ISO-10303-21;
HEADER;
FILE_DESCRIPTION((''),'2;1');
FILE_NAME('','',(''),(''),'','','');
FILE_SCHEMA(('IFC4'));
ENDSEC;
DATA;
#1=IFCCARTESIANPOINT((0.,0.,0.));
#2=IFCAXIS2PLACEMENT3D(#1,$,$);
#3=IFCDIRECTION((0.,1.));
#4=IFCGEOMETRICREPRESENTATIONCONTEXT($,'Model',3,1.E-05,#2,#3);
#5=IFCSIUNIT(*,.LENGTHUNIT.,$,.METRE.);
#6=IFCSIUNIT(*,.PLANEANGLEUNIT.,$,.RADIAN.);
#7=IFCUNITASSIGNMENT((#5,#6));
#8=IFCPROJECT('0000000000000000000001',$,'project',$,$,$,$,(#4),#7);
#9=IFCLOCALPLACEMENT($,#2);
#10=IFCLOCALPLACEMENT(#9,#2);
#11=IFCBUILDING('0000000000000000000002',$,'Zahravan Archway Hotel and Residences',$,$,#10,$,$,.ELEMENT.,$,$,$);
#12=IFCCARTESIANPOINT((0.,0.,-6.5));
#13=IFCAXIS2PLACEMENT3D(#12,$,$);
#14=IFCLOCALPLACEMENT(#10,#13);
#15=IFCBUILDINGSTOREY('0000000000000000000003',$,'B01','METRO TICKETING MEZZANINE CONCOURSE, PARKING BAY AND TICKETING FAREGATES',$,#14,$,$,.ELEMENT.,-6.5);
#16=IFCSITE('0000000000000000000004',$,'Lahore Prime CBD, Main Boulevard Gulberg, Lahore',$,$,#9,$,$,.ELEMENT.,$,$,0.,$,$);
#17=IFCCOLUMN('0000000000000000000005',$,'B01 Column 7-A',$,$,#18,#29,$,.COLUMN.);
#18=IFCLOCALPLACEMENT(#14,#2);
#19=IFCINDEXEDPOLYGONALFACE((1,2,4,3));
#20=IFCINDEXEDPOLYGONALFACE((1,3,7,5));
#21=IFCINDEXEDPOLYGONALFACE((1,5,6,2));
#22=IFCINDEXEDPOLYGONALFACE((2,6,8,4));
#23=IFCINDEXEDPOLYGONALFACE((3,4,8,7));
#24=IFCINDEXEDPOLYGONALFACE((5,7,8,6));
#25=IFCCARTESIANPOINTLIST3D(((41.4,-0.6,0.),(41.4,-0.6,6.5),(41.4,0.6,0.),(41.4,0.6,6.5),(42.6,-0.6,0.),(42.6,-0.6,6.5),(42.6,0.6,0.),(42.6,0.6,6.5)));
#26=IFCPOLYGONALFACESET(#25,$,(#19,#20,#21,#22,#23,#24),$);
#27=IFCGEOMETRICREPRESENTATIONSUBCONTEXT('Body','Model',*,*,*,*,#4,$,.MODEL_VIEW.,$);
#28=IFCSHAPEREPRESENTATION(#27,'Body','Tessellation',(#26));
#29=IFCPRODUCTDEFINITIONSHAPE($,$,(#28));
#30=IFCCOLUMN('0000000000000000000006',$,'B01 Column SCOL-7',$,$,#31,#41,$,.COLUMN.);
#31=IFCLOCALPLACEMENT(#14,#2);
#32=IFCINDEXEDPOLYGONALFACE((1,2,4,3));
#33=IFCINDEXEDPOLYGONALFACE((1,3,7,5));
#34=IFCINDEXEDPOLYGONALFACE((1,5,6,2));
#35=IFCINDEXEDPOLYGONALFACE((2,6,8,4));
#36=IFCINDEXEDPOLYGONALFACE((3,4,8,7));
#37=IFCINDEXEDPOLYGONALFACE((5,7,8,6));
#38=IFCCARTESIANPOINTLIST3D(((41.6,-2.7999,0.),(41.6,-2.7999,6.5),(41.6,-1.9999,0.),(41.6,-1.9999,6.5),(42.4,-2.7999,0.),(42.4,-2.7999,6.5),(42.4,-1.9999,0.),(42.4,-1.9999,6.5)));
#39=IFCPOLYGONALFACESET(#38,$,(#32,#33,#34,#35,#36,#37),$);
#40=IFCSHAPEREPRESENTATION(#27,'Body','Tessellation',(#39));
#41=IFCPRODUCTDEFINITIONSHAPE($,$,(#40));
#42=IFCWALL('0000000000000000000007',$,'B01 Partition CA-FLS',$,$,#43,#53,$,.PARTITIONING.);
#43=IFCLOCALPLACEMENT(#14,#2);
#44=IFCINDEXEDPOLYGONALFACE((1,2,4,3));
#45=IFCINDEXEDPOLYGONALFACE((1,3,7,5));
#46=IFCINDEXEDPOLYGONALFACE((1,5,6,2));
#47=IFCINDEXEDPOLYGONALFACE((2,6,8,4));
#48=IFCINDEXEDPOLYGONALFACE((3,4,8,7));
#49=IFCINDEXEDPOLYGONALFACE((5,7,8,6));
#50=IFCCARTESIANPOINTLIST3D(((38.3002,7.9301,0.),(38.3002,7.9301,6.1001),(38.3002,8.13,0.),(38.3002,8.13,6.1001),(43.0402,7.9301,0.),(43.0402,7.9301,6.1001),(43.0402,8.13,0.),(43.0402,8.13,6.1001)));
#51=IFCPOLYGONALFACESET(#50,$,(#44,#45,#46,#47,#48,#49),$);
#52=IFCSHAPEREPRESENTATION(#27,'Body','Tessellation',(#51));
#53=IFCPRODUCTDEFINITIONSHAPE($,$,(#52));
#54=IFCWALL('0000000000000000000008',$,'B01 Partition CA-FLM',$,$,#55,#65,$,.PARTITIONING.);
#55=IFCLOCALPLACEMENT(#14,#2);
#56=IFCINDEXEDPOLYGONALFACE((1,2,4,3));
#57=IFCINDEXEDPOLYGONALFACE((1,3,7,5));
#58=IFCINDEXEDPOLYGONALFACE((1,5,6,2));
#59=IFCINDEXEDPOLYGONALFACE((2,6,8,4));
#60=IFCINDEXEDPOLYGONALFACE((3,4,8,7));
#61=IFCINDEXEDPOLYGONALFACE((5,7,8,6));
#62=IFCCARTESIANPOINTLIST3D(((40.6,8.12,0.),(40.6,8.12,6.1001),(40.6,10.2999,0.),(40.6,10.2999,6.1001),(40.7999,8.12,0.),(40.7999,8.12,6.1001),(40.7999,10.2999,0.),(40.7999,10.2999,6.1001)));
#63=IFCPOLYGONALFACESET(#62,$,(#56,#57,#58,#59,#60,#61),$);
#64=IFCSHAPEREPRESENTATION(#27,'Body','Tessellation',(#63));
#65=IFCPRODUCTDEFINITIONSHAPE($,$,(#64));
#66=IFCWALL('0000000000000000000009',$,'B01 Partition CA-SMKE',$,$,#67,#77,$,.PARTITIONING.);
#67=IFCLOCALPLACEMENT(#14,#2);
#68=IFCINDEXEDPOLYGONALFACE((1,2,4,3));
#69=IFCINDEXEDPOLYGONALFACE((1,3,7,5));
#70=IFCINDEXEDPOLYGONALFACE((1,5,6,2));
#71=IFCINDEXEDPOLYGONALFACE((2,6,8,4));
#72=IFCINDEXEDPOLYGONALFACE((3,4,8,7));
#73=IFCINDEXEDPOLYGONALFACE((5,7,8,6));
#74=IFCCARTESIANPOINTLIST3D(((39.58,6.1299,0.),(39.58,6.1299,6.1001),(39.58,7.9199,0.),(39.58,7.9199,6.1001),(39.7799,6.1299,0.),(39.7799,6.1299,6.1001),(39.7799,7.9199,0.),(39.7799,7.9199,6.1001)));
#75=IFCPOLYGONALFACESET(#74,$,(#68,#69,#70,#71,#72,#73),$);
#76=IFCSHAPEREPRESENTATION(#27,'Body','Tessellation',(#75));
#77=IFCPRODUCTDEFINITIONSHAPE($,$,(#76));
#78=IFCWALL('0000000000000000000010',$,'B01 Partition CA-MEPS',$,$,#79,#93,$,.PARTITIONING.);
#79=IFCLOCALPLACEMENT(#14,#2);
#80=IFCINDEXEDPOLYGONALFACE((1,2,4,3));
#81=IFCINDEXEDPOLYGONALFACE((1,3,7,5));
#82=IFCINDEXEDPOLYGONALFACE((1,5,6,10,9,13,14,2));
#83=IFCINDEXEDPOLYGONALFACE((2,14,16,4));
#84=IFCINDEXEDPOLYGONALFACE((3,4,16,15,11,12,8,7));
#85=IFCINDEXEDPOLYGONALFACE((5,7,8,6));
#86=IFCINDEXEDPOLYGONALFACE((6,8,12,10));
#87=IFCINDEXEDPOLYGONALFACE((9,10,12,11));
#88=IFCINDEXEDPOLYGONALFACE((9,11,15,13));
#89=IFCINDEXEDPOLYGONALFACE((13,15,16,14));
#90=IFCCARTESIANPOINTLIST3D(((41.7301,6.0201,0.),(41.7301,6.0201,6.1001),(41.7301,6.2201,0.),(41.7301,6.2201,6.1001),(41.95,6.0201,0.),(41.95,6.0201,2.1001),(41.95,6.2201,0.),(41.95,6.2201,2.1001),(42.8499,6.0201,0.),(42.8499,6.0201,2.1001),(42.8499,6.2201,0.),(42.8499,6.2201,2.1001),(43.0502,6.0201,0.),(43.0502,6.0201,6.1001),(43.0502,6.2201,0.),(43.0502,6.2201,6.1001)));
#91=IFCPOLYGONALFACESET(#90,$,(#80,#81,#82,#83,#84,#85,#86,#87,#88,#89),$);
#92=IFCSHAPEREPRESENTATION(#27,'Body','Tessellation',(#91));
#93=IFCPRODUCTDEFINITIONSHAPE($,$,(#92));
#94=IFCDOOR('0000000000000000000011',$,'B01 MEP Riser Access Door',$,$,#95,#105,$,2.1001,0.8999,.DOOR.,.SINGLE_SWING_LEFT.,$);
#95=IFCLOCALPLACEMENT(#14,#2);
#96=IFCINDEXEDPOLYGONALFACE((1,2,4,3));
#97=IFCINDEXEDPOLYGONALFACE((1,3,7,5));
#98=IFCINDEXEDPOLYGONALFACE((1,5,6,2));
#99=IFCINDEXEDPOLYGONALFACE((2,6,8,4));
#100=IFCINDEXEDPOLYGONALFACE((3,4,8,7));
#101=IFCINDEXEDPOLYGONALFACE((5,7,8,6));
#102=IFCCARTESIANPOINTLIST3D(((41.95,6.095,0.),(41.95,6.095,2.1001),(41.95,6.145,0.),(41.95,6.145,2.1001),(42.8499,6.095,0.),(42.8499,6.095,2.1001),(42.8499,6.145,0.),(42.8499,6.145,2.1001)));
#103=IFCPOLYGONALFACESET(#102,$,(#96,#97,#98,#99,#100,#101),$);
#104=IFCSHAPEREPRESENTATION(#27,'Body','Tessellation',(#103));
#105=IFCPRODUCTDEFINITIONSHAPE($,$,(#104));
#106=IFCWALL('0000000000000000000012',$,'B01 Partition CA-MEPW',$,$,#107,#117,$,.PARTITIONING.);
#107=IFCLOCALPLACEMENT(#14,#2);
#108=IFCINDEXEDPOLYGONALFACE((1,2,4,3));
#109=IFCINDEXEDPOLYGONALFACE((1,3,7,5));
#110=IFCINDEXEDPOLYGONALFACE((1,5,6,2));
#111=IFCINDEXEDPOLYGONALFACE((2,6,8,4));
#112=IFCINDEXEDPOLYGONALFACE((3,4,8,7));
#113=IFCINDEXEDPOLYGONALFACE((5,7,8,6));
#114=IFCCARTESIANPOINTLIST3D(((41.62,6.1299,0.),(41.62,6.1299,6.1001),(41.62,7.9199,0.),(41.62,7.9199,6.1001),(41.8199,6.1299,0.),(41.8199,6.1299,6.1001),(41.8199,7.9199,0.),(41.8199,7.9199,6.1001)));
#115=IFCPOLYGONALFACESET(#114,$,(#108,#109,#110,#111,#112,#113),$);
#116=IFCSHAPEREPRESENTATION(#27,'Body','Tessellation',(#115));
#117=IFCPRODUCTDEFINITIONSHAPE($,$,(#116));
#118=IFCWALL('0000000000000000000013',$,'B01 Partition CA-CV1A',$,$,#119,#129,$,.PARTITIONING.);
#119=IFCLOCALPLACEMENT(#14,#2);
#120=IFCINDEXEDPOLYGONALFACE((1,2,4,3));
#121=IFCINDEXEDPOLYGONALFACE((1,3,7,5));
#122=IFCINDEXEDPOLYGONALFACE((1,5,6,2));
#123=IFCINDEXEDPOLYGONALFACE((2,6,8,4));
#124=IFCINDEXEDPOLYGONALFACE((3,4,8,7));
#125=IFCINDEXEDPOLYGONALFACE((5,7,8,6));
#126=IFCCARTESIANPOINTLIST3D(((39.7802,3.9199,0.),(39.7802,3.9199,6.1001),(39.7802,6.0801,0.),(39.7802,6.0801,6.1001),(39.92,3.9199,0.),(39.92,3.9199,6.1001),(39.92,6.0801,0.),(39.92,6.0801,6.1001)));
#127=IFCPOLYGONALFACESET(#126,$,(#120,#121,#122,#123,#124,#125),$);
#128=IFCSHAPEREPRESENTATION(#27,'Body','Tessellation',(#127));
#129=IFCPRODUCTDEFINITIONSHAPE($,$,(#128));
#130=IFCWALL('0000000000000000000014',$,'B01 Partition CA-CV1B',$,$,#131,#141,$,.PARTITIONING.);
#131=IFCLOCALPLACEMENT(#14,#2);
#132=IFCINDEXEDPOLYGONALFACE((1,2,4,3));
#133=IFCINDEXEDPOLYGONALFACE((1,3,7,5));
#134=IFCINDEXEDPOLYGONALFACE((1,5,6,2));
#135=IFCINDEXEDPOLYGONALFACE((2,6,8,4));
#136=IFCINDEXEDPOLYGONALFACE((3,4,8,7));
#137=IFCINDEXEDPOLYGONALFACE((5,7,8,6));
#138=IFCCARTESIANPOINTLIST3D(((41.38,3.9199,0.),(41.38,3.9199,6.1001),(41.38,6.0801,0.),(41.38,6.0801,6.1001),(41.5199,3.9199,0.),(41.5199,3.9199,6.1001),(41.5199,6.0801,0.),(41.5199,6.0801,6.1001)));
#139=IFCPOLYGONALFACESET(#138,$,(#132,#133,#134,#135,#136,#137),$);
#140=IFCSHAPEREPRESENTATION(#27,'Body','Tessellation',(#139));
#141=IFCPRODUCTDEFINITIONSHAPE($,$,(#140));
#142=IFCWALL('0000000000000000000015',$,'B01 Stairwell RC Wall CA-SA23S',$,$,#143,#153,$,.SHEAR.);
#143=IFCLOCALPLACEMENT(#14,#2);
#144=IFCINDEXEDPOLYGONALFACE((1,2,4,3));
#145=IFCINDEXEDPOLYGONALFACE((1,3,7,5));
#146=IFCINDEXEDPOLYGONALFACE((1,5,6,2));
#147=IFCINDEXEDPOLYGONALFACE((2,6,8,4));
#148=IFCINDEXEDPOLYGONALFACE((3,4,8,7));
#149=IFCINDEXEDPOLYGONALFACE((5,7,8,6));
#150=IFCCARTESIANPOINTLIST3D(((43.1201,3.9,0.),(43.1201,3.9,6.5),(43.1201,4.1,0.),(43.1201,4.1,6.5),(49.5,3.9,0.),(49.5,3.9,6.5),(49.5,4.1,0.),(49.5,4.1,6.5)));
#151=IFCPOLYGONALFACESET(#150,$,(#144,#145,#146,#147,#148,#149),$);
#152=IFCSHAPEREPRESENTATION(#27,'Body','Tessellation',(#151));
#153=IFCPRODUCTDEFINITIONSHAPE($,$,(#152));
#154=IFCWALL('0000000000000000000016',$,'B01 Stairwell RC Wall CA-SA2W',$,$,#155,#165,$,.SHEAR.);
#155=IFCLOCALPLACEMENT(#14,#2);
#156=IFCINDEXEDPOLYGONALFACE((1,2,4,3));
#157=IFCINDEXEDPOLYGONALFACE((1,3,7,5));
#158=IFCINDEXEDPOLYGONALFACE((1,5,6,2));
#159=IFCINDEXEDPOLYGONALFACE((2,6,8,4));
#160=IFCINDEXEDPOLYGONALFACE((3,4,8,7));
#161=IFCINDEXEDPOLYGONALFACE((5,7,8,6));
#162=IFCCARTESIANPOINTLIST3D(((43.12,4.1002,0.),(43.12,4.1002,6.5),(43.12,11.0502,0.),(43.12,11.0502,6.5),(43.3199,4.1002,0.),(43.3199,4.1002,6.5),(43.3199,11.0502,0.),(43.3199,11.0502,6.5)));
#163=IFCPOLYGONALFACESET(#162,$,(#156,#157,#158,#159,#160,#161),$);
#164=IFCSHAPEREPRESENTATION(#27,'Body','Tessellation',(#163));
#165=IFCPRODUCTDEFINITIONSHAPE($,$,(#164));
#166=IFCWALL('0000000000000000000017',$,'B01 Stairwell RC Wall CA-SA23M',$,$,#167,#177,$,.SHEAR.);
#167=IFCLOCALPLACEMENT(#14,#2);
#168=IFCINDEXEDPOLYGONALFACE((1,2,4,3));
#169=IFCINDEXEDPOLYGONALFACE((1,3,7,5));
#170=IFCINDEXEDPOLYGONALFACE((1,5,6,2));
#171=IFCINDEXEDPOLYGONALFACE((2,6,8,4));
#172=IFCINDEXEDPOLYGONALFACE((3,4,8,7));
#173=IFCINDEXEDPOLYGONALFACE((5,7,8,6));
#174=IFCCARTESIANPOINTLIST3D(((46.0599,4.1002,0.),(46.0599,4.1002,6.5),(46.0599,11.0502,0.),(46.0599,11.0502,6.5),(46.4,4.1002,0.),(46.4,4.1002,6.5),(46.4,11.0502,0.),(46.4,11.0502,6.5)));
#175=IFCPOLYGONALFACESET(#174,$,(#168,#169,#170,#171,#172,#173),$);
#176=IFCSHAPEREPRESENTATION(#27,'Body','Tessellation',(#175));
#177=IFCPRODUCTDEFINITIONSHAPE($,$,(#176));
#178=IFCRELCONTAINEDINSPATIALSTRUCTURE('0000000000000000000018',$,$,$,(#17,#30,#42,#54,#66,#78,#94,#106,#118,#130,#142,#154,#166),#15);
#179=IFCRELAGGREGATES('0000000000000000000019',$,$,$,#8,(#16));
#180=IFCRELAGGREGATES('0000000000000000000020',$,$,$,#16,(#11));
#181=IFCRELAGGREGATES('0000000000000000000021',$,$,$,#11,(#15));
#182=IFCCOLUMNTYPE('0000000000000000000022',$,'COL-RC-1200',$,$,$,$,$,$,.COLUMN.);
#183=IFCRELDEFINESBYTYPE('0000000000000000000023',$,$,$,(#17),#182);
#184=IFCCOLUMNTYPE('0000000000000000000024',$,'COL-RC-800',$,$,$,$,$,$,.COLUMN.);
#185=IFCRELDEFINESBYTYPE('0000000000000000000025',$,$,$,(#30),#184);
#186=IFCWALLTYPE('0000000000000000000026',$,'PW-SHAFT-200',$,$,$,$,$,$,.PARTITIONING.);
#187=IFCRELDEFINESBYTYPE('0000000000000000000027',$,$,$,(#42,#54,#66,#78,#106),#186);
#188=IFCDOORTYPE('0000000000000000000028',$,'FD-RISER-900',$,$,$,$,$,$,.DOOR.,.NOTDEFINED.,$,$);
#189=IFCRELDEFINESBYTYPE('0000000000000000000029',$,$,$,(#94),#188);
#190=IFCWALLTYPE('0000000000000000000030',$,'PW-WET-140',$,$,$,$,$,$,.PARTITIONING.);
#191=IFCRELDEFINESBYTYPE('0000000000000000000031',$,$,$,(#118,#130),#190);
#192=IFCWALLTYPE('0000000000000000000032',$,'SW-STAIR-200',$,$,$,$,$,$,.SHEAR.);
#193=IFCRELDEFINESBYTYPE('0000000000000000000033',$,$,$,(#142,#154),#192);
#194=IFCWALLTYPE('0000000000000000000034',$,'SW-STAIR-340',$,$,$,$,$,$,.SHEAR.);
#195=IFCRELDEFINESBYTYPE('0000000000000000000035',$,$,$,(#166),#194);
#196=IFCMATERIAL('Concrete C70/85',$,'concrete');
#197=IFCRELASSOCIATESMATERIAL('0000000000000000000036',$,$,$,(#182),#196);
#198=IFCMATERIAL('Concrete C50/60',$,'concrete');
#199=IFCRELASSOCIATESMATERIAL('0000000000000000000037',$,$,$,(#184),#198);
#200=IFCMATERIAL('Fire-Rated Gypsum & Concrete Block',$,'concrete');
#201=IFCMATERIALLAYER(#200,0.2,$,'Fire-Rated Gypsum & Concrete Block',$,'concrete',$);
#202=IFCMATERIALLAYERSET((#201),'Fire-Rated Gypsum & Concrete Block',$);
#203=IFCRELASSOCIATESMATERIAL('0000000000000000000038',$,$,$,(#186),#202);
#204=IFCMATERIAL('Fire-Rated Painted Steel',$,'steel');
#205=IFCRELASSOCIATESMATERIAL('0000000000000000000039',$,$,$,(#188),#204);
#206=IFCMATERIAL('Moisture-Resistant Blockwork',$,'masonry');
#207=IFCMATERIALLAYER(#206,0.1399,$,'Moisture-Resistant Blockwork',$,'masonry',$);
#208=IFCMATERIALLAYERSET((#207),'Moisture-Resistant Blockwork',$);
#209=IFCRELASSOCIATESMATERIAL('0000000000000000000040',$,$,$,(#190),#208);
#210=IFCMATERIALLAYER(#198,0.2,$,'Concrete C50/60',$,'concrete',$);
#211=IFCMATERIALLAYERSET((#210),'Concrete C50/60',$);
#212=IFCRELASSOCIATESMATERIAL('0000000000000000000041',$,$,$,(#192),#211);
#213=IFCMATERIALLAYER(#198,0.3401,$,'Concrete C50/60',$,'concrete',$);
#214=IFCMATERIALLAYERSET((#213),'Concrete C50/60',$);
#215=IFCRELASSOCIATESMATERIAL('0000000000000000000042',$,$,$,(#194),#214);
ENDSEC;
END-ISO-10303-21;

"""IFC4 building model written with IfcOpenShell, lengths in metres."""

from ifc_helpers import new_model, si_unit, direction, frame, frame_2d, origin, origin_2d, place, context, subcontext, project, spatial, rectangle, extrude, source, transform, mapped, material, layer, layer_set, material_profile, profile_set, type_object, type_shapes, element, fill, save


model = new_model("IFC4")

# Units and contexts
model_context = context("Model", 3, precision=1e-05, world=origin(), true_north=direction((0.0, 1.0)))
body_context = subcontext(model_context, "Body", "Model", "MODEL_VIEW")
ifc_project = project(units=[si_unit("LENGTHUNIT", "METRE"), si_unit("PLANEANGLEUNIT", "RADIAN")], contexts=[model_context])

# Site, building, storey
site_placement = place(None, origin())
site = spatial("IfcSite", under=ifc_project, at=site_placement, Name="Lahore Prime CBD, Main Boulevard Gulberg, Lahore", CompositionType="ELEMENT", RefElevation=0.0)
building_placement = place(site_placement, origin())
building = spatial("IfcBuilding", under=site, at=building_placement, Name="Zahravan Archway Hotel and Residences", CompositionType="ELEMENT")
storey_placement = place(building_placement, frame((0.0, 0.0, -6.5)))
storey = spatial("IfcBuildingStorey", under=building, at=storey_placement, Name="B01", Description="METRO TICKETING MEZZANINE CONCOURSE, PARKING BAY AND TICKETING FAREGATES", CompositionType="ELEMENT", Elevation=-6.5)

# Columns
ifc_material_1 = material(Name="Concrete C70/85", Category="concrete")
ifc_material_profile_1 = material_profile(ifc_material_1, rectangle(XDim=1.2, YDim=1.2, at=origin_2d()), Name="RC-COL-1200x1200", Category="concrete")
ifc_profile_set_1 = profile_set([ifc_material_profile_1], Name="Concrete C70/85")
column_type_1 = type_object("IfcColumnType", Name="COL-RC-1200", PredefinedType="COLUMN", material=ifc_profile_set_1)
shared_shape_1 = source(origin(), body_context, "Body", "SweptSolid", [
    extrude(rectangle(XDim=1.2, YDim=1.2, at=origin_2d()), origin(), (0.0, 0.0, 1.0), 6.5),
])
column_1_placement = place(storey_placement, frame((42.0, 0.0, 0.0), z_axis=(0.0, 0.0, 1.0), x_axis=(1.0, 0.0, 0.0)))
element("IfcColumn", 1, at=column_1_placement, inside=storey, type_object=column_type_1, Name="B01 Column 7-A", PredefinedType="COLUMN", context=body_context, shape_type="MappedRepresentation", body=[
    mapped(shared_shape_1, transform((0.0, 0.0, 0.0), scale=1.0)),
])
ifc_material_2 = material(Name="Concrete C50/60", Category="concrete")
ifc_material_profile_2 = material_profile(ifc_material_2, rectangle(XDim=0.8, YDim=0.8, at=origin_2d()), Name="RC-COL-800x800", Category="concrete")
ifc_profile_set_2 = profile_set([ifc_material_profile_2], Name="Concrete C50/60")
column_type_2 = type_object("IfcColumnType", Name="COL-RC-800", PredefinedType="COLUMN", material=ifc_profile_set_2)
shared_shape_2 = source(origin(), body_context, "Body", "SweptSolid", [
    extrude(rectangle(XDim=0.8, YDim=0.8, at=origin_2d()), origin(), (0.0, 0.0, 1.0), 6.5),
])
column_2_placement = place(storey_placement, frame((42.0, -2.3999, 0.0), z_axis=(0.0, 0.0, 1.0), x_axis=(1.0, 0.0, 0.0)))
element("IfcColumn", 2, at=column_2_placement, inside=storey, type_object=column_type_2, Name="B01 Column SCOL-7", PredefinedType="COLUMN", context=body_context, shape_type="MappedRepresentation", body=[
    mapped(shared_shape_2, transform((0.0, 0.0, 0.0), scale=1.0)),
])

# Walls
ifc_material_3 = material(Name="Fire-Rated Gypsum & Concrete Block", Category="concrete")
ifc_layer_1 = layer(ifc_material_3, 0.2, Name="Fire-Rated Gypsum & Concrete Block", Category="concrete")
ifc_layer_set_1 = layer_set([ifc_layer_1], Name="Fire-Rated Gypsum & Concrete Block")
wall_type_1 = type_object("IfcWallType", Name="PW-SHAFT-200", PredefinedType="PARTITIONING", material=ifc_layer_set_1)
wall_1_placement = place(storey_placement, frame((38.3, 8.03, 0.0), z_axis=(0.0, 0.0, 1.0), x_axis=(1.0, 0.0, 0.0)))
element("IfcWall", 3, at=wall_1_placement, inside=storey, type_object=wall_type_1, Name="B01 Partition CA-FLS", PredefinedType="PARTITIONING", context=body_context, shape_type="SweptSolid", body=[
    extrude(rectangle(XDim=4.74, YDim=0.2, at=frame_2d((2.3701, 0.0))), origin(), (0.0, 0.0, 1.0), 6.1001),
])
wall_2_placement = place(storey_placement, frame((40.7, 8.1201, 0.0), z_axis=(0.0, 0.0, 1.0), x_axis=(0.0, 1.0, 0.0)))
element("IfcWall", 4, at=wall_2_placement, inside=storey, type_object=wall_type_1, Name="B01 Partition CA-FLM", PredefinedType="PARTITIONING", context=body_context, shape_type="SweptSolid", body=[
    extrude(rectangle(XDim=2.1799, YDim=0.2, at=frame_2d((1.0898, 0.0))), origin(), (0.0, 0.0, 1.0), 6.1001),
])
wall_3_placement = place(storey_placement, frame((39.6799, 6.1299, 0.0), z_axis=(0.0, 0.0, 1.0), x_axis=(0.0, 1.0, 0.0)))
element("IfcWall", 5, at=wall_3_placement, inside=storey, type_object=wall_type_1, Name="B01 Partition CA-SMKE", PredefinedType="PARTITIONING", context=body_context, shape_type="SweptSolid", body=[
    extrude(rectangle(XDim=1.79, YDim=0.2, at=frame_2d((0.895, 0.0))), origin(), (0.0, 0.0, 1.0), 6.1001),
])

# Wall, opening, door
wall_4_placement = place(storey_placement, frame((41.73, 6.1201, 0.0), z_axis=(0.0, 0.0, 1.0), x_axis=(1.0, 0.0, 0.0)))
wall_4 = element("IfcWall", 6, at=wall_4_placement, inside=storey, type_object=wall_type_1, Name="B01 Partition CA-MEPS", PredefinedType="PARTITIONING", context=body_context, shape_type="SweptSolid", body=[
    extrude(rectangle(XDim=1.3201, YDim=0.2, at=frame_2d((0.6602, 0.0))), origin(), (0.0, 0.0, 1.0), 6.1001),
])
opening_placement = place(wall_4_placement, frame((0.22, 0.0, 0.0)))
opening = element("IfcOpeningElement", 7, at=opening_placement, cuts=wall_4, PredefinedType="OPENING", context=body_context, shape_type="SweptSolid", body=[
    extrude(rectangle(XDim=0.8999, YDim=2.1001, at=frame_2d((0.45, 1.05))), frame((0.0, 0.1099, 0.0), z_axis=(0.0, -1.0, 0.0), x_axis=(1.0, 0.0, 0.0)), (0.0, 0.0, 1.0), 0.22),
])
ifc_material_4 = material(Name="Fire-Rated Painted Steel", Category="steel")
door_type = type_object("IfcDoorType", Name="FD-RISER-900", OperationType="NOTDEFINED", PredefinedType="DOOR", material=ifc_material_4)
shared_shape_3 = source(origin(), body_context, "Body", "SweptSolid", [
    extrude(rectangle(XDim=0.8999, YDim=2.1001, at=frame_2d((0.45, 1.05))), frame((0.0, 0.0249, 0.0), z_axis=(0.0, -1.0, 0.0), x_axis=(1.0, 0.0, 0.0)), (0.0, 0.0, 1.0), 0.05),
])
type_shapes(door_type, [shared_shape_3])
door_placement = place(opening_placement, origin())
door = element("IfcDoor", 8, at=door_placement, inside=storey, type_object=door_type, Name="B01 MEP Riser Access Door", OperationType="SINGLE_SWING_LEFT", OverallHeight=2.1001, OverallWidth=0.8999, PredefinedType="DOOR", context=body_context, shape_type="MappedRepresentation", body=[
    mapped(shared_shape_3, transform((0.0, 0.0, 0.0), scale=1.0)),
])
fill(opening, door)

# Walls
wall_5_placement = place(storey_placement, frame((41.72, 6.1299, 0.0), z_axis=(0.0, 0.0, 1.0), x_axis=(0.0, 1.0, 0.0)))
element("IfcWall", 9, at=wall_5_placement, inside=storey, type_object=wall_type_1, Name="B01 Partition CA-MEPW", PredefinedType="PARTITIONING", context=body_context, shape_type="SweptSolid", body=[
    extrude(rectangle(XDim=1.79, YDim=0.2, at=frame_2d((0.895, 0.0))), origin(), (0.0, 0.0, 1.0), 6.1001),
])
ifc_material_5 = material(Name="Moisture-Resistant Blockwork", Category="masonry")
ifc_layer_2 = layer(ifc_material_5, 0.1399, Name="Moisture-Resistant Blockwork", Category="masonry")
ifc_layer_set_2 = layer_set([ifc_layer_2], Name="Moisture-Resistant Blockwork")
wall_type_2 = type_object("IfcWallType", Name="PW-WET-140", PredefinedType="PARTITIONING", material=ifc_layer_set_2)
for number, where, z_axis, x_axis, name in (
    (10, (39.8501, 3.9199, 0.0), (0.0, 0.0, 1.0), (0.0, 1.0, 0.0), "B01 Partition CA-CV1A"),
    (11, (41.45, 3.9199, 0.0), (0.0, 0.0, 1.0), (0.0, 1.0, 0.0), "B01 Partition CA-CV1B"),
):
    element("IfcWall", number, at=place(storey_placement, frame(where, z_axis=z_axis, x_axis=x_axis)), inside=storey, type_object=wall_type_2, Name=name, PredefinedType="PARTITIONING", context=body_context, shape_type="SweptSolid", body=[
        extrude(rectangle(XDim=2.1602, YDim=0.1399, at=frame_2d((1.0801, 0.0))), origin(), (0.0, 0.0, 1.0), 6.1001),
    ])
ifc_layer_3 = layer(ifc_material_2, 0.2, Name="Concrete C50/60", Category="concrete")
ifc_layer_set_3 = layer_set([ifc_layer_3], Name="Concrete C50/60")
wall_type_3 = type_object("IfcWallType", Name="SW-STAIR-200", PredefinedType="SHEAR", material=ifc_layer_set_3)
wall_6_placement = place(storey_placement, frame((43.1201, 4.0, 0.0), z_axis=(0.0, 0.0, 1.0), x_axis=(1.0, 0.0, 0.0)))
element("IfcWall", 12, at=wall_6_placement, inside=storey, type_object=wall_type_3, Name="B01 Stairwell RC Wall CA-SA23S", PredefinedType="SHEAR", context=body_context, shape_type="SweptSolid", body=[
    extrude(rectangle(XDim=6.3799, YDim=0.2, at=frame_2d((3.1899, 0.0))), origin(), (0.0, 0.0, 1.0), 6.5),
])
wall_7_placement = place(storey_placement, frame((43.22, 4.1001, 0.0), z_axis=(0.0, 0.0, 1.0), x_axis=(0.0, 1.0, 0.0)))
element("IfcWall", 13, at=wall_7_placement, inside=storey, type_object=wall_type_3, Name="B01 Stairwell RC Wall CA-SA2W", PredefinedType="SHEAR", context=body_context, shape_type="SweptSolid", body=[
    extrude(rectangle(XDim=6.95, YDim=0.2, at=frame_2d((3.4751, 0.0))), origin(), (0.0, 0.0, 1.0), 6.5),
])
ifc_layer_4 = layer(ifc_material_2, 0.3401, Name="Concrete C50/60", Category="concrete")
ifc_layer_set_4 = layer_set([ifc_layer_4], Name="Concrete C50/60")
wall_type_4 = type_object("IfcWallType", Name="SW-STAIR-340", PredefinedType="SHEAR", material=ifc_layer_set_4)
wall_8_placement = place(storey_placement, frame((46.23, 4.1001, 0.0), z_axis=(0.0, 0.0, 1.0), x_axis=(0.0, 1.0, 0.0)))
element("IfcWall", 14, at=wall_8_placement, inside=storey, type_object=wall_type_4, Name="B01 Stairwell RC Wall CA-SA23M", PredefinedType="SHEAR", context=body_context, shape_type="SweptSolid", body=[
    extrude(rectangle(XDim=6.95, YDim=0.3401, at=frame_2d((3.4751, 0.0))), origin(), (0.0, 0.0, 1.0), 6.5),
])

save(model, "model.ifc")
